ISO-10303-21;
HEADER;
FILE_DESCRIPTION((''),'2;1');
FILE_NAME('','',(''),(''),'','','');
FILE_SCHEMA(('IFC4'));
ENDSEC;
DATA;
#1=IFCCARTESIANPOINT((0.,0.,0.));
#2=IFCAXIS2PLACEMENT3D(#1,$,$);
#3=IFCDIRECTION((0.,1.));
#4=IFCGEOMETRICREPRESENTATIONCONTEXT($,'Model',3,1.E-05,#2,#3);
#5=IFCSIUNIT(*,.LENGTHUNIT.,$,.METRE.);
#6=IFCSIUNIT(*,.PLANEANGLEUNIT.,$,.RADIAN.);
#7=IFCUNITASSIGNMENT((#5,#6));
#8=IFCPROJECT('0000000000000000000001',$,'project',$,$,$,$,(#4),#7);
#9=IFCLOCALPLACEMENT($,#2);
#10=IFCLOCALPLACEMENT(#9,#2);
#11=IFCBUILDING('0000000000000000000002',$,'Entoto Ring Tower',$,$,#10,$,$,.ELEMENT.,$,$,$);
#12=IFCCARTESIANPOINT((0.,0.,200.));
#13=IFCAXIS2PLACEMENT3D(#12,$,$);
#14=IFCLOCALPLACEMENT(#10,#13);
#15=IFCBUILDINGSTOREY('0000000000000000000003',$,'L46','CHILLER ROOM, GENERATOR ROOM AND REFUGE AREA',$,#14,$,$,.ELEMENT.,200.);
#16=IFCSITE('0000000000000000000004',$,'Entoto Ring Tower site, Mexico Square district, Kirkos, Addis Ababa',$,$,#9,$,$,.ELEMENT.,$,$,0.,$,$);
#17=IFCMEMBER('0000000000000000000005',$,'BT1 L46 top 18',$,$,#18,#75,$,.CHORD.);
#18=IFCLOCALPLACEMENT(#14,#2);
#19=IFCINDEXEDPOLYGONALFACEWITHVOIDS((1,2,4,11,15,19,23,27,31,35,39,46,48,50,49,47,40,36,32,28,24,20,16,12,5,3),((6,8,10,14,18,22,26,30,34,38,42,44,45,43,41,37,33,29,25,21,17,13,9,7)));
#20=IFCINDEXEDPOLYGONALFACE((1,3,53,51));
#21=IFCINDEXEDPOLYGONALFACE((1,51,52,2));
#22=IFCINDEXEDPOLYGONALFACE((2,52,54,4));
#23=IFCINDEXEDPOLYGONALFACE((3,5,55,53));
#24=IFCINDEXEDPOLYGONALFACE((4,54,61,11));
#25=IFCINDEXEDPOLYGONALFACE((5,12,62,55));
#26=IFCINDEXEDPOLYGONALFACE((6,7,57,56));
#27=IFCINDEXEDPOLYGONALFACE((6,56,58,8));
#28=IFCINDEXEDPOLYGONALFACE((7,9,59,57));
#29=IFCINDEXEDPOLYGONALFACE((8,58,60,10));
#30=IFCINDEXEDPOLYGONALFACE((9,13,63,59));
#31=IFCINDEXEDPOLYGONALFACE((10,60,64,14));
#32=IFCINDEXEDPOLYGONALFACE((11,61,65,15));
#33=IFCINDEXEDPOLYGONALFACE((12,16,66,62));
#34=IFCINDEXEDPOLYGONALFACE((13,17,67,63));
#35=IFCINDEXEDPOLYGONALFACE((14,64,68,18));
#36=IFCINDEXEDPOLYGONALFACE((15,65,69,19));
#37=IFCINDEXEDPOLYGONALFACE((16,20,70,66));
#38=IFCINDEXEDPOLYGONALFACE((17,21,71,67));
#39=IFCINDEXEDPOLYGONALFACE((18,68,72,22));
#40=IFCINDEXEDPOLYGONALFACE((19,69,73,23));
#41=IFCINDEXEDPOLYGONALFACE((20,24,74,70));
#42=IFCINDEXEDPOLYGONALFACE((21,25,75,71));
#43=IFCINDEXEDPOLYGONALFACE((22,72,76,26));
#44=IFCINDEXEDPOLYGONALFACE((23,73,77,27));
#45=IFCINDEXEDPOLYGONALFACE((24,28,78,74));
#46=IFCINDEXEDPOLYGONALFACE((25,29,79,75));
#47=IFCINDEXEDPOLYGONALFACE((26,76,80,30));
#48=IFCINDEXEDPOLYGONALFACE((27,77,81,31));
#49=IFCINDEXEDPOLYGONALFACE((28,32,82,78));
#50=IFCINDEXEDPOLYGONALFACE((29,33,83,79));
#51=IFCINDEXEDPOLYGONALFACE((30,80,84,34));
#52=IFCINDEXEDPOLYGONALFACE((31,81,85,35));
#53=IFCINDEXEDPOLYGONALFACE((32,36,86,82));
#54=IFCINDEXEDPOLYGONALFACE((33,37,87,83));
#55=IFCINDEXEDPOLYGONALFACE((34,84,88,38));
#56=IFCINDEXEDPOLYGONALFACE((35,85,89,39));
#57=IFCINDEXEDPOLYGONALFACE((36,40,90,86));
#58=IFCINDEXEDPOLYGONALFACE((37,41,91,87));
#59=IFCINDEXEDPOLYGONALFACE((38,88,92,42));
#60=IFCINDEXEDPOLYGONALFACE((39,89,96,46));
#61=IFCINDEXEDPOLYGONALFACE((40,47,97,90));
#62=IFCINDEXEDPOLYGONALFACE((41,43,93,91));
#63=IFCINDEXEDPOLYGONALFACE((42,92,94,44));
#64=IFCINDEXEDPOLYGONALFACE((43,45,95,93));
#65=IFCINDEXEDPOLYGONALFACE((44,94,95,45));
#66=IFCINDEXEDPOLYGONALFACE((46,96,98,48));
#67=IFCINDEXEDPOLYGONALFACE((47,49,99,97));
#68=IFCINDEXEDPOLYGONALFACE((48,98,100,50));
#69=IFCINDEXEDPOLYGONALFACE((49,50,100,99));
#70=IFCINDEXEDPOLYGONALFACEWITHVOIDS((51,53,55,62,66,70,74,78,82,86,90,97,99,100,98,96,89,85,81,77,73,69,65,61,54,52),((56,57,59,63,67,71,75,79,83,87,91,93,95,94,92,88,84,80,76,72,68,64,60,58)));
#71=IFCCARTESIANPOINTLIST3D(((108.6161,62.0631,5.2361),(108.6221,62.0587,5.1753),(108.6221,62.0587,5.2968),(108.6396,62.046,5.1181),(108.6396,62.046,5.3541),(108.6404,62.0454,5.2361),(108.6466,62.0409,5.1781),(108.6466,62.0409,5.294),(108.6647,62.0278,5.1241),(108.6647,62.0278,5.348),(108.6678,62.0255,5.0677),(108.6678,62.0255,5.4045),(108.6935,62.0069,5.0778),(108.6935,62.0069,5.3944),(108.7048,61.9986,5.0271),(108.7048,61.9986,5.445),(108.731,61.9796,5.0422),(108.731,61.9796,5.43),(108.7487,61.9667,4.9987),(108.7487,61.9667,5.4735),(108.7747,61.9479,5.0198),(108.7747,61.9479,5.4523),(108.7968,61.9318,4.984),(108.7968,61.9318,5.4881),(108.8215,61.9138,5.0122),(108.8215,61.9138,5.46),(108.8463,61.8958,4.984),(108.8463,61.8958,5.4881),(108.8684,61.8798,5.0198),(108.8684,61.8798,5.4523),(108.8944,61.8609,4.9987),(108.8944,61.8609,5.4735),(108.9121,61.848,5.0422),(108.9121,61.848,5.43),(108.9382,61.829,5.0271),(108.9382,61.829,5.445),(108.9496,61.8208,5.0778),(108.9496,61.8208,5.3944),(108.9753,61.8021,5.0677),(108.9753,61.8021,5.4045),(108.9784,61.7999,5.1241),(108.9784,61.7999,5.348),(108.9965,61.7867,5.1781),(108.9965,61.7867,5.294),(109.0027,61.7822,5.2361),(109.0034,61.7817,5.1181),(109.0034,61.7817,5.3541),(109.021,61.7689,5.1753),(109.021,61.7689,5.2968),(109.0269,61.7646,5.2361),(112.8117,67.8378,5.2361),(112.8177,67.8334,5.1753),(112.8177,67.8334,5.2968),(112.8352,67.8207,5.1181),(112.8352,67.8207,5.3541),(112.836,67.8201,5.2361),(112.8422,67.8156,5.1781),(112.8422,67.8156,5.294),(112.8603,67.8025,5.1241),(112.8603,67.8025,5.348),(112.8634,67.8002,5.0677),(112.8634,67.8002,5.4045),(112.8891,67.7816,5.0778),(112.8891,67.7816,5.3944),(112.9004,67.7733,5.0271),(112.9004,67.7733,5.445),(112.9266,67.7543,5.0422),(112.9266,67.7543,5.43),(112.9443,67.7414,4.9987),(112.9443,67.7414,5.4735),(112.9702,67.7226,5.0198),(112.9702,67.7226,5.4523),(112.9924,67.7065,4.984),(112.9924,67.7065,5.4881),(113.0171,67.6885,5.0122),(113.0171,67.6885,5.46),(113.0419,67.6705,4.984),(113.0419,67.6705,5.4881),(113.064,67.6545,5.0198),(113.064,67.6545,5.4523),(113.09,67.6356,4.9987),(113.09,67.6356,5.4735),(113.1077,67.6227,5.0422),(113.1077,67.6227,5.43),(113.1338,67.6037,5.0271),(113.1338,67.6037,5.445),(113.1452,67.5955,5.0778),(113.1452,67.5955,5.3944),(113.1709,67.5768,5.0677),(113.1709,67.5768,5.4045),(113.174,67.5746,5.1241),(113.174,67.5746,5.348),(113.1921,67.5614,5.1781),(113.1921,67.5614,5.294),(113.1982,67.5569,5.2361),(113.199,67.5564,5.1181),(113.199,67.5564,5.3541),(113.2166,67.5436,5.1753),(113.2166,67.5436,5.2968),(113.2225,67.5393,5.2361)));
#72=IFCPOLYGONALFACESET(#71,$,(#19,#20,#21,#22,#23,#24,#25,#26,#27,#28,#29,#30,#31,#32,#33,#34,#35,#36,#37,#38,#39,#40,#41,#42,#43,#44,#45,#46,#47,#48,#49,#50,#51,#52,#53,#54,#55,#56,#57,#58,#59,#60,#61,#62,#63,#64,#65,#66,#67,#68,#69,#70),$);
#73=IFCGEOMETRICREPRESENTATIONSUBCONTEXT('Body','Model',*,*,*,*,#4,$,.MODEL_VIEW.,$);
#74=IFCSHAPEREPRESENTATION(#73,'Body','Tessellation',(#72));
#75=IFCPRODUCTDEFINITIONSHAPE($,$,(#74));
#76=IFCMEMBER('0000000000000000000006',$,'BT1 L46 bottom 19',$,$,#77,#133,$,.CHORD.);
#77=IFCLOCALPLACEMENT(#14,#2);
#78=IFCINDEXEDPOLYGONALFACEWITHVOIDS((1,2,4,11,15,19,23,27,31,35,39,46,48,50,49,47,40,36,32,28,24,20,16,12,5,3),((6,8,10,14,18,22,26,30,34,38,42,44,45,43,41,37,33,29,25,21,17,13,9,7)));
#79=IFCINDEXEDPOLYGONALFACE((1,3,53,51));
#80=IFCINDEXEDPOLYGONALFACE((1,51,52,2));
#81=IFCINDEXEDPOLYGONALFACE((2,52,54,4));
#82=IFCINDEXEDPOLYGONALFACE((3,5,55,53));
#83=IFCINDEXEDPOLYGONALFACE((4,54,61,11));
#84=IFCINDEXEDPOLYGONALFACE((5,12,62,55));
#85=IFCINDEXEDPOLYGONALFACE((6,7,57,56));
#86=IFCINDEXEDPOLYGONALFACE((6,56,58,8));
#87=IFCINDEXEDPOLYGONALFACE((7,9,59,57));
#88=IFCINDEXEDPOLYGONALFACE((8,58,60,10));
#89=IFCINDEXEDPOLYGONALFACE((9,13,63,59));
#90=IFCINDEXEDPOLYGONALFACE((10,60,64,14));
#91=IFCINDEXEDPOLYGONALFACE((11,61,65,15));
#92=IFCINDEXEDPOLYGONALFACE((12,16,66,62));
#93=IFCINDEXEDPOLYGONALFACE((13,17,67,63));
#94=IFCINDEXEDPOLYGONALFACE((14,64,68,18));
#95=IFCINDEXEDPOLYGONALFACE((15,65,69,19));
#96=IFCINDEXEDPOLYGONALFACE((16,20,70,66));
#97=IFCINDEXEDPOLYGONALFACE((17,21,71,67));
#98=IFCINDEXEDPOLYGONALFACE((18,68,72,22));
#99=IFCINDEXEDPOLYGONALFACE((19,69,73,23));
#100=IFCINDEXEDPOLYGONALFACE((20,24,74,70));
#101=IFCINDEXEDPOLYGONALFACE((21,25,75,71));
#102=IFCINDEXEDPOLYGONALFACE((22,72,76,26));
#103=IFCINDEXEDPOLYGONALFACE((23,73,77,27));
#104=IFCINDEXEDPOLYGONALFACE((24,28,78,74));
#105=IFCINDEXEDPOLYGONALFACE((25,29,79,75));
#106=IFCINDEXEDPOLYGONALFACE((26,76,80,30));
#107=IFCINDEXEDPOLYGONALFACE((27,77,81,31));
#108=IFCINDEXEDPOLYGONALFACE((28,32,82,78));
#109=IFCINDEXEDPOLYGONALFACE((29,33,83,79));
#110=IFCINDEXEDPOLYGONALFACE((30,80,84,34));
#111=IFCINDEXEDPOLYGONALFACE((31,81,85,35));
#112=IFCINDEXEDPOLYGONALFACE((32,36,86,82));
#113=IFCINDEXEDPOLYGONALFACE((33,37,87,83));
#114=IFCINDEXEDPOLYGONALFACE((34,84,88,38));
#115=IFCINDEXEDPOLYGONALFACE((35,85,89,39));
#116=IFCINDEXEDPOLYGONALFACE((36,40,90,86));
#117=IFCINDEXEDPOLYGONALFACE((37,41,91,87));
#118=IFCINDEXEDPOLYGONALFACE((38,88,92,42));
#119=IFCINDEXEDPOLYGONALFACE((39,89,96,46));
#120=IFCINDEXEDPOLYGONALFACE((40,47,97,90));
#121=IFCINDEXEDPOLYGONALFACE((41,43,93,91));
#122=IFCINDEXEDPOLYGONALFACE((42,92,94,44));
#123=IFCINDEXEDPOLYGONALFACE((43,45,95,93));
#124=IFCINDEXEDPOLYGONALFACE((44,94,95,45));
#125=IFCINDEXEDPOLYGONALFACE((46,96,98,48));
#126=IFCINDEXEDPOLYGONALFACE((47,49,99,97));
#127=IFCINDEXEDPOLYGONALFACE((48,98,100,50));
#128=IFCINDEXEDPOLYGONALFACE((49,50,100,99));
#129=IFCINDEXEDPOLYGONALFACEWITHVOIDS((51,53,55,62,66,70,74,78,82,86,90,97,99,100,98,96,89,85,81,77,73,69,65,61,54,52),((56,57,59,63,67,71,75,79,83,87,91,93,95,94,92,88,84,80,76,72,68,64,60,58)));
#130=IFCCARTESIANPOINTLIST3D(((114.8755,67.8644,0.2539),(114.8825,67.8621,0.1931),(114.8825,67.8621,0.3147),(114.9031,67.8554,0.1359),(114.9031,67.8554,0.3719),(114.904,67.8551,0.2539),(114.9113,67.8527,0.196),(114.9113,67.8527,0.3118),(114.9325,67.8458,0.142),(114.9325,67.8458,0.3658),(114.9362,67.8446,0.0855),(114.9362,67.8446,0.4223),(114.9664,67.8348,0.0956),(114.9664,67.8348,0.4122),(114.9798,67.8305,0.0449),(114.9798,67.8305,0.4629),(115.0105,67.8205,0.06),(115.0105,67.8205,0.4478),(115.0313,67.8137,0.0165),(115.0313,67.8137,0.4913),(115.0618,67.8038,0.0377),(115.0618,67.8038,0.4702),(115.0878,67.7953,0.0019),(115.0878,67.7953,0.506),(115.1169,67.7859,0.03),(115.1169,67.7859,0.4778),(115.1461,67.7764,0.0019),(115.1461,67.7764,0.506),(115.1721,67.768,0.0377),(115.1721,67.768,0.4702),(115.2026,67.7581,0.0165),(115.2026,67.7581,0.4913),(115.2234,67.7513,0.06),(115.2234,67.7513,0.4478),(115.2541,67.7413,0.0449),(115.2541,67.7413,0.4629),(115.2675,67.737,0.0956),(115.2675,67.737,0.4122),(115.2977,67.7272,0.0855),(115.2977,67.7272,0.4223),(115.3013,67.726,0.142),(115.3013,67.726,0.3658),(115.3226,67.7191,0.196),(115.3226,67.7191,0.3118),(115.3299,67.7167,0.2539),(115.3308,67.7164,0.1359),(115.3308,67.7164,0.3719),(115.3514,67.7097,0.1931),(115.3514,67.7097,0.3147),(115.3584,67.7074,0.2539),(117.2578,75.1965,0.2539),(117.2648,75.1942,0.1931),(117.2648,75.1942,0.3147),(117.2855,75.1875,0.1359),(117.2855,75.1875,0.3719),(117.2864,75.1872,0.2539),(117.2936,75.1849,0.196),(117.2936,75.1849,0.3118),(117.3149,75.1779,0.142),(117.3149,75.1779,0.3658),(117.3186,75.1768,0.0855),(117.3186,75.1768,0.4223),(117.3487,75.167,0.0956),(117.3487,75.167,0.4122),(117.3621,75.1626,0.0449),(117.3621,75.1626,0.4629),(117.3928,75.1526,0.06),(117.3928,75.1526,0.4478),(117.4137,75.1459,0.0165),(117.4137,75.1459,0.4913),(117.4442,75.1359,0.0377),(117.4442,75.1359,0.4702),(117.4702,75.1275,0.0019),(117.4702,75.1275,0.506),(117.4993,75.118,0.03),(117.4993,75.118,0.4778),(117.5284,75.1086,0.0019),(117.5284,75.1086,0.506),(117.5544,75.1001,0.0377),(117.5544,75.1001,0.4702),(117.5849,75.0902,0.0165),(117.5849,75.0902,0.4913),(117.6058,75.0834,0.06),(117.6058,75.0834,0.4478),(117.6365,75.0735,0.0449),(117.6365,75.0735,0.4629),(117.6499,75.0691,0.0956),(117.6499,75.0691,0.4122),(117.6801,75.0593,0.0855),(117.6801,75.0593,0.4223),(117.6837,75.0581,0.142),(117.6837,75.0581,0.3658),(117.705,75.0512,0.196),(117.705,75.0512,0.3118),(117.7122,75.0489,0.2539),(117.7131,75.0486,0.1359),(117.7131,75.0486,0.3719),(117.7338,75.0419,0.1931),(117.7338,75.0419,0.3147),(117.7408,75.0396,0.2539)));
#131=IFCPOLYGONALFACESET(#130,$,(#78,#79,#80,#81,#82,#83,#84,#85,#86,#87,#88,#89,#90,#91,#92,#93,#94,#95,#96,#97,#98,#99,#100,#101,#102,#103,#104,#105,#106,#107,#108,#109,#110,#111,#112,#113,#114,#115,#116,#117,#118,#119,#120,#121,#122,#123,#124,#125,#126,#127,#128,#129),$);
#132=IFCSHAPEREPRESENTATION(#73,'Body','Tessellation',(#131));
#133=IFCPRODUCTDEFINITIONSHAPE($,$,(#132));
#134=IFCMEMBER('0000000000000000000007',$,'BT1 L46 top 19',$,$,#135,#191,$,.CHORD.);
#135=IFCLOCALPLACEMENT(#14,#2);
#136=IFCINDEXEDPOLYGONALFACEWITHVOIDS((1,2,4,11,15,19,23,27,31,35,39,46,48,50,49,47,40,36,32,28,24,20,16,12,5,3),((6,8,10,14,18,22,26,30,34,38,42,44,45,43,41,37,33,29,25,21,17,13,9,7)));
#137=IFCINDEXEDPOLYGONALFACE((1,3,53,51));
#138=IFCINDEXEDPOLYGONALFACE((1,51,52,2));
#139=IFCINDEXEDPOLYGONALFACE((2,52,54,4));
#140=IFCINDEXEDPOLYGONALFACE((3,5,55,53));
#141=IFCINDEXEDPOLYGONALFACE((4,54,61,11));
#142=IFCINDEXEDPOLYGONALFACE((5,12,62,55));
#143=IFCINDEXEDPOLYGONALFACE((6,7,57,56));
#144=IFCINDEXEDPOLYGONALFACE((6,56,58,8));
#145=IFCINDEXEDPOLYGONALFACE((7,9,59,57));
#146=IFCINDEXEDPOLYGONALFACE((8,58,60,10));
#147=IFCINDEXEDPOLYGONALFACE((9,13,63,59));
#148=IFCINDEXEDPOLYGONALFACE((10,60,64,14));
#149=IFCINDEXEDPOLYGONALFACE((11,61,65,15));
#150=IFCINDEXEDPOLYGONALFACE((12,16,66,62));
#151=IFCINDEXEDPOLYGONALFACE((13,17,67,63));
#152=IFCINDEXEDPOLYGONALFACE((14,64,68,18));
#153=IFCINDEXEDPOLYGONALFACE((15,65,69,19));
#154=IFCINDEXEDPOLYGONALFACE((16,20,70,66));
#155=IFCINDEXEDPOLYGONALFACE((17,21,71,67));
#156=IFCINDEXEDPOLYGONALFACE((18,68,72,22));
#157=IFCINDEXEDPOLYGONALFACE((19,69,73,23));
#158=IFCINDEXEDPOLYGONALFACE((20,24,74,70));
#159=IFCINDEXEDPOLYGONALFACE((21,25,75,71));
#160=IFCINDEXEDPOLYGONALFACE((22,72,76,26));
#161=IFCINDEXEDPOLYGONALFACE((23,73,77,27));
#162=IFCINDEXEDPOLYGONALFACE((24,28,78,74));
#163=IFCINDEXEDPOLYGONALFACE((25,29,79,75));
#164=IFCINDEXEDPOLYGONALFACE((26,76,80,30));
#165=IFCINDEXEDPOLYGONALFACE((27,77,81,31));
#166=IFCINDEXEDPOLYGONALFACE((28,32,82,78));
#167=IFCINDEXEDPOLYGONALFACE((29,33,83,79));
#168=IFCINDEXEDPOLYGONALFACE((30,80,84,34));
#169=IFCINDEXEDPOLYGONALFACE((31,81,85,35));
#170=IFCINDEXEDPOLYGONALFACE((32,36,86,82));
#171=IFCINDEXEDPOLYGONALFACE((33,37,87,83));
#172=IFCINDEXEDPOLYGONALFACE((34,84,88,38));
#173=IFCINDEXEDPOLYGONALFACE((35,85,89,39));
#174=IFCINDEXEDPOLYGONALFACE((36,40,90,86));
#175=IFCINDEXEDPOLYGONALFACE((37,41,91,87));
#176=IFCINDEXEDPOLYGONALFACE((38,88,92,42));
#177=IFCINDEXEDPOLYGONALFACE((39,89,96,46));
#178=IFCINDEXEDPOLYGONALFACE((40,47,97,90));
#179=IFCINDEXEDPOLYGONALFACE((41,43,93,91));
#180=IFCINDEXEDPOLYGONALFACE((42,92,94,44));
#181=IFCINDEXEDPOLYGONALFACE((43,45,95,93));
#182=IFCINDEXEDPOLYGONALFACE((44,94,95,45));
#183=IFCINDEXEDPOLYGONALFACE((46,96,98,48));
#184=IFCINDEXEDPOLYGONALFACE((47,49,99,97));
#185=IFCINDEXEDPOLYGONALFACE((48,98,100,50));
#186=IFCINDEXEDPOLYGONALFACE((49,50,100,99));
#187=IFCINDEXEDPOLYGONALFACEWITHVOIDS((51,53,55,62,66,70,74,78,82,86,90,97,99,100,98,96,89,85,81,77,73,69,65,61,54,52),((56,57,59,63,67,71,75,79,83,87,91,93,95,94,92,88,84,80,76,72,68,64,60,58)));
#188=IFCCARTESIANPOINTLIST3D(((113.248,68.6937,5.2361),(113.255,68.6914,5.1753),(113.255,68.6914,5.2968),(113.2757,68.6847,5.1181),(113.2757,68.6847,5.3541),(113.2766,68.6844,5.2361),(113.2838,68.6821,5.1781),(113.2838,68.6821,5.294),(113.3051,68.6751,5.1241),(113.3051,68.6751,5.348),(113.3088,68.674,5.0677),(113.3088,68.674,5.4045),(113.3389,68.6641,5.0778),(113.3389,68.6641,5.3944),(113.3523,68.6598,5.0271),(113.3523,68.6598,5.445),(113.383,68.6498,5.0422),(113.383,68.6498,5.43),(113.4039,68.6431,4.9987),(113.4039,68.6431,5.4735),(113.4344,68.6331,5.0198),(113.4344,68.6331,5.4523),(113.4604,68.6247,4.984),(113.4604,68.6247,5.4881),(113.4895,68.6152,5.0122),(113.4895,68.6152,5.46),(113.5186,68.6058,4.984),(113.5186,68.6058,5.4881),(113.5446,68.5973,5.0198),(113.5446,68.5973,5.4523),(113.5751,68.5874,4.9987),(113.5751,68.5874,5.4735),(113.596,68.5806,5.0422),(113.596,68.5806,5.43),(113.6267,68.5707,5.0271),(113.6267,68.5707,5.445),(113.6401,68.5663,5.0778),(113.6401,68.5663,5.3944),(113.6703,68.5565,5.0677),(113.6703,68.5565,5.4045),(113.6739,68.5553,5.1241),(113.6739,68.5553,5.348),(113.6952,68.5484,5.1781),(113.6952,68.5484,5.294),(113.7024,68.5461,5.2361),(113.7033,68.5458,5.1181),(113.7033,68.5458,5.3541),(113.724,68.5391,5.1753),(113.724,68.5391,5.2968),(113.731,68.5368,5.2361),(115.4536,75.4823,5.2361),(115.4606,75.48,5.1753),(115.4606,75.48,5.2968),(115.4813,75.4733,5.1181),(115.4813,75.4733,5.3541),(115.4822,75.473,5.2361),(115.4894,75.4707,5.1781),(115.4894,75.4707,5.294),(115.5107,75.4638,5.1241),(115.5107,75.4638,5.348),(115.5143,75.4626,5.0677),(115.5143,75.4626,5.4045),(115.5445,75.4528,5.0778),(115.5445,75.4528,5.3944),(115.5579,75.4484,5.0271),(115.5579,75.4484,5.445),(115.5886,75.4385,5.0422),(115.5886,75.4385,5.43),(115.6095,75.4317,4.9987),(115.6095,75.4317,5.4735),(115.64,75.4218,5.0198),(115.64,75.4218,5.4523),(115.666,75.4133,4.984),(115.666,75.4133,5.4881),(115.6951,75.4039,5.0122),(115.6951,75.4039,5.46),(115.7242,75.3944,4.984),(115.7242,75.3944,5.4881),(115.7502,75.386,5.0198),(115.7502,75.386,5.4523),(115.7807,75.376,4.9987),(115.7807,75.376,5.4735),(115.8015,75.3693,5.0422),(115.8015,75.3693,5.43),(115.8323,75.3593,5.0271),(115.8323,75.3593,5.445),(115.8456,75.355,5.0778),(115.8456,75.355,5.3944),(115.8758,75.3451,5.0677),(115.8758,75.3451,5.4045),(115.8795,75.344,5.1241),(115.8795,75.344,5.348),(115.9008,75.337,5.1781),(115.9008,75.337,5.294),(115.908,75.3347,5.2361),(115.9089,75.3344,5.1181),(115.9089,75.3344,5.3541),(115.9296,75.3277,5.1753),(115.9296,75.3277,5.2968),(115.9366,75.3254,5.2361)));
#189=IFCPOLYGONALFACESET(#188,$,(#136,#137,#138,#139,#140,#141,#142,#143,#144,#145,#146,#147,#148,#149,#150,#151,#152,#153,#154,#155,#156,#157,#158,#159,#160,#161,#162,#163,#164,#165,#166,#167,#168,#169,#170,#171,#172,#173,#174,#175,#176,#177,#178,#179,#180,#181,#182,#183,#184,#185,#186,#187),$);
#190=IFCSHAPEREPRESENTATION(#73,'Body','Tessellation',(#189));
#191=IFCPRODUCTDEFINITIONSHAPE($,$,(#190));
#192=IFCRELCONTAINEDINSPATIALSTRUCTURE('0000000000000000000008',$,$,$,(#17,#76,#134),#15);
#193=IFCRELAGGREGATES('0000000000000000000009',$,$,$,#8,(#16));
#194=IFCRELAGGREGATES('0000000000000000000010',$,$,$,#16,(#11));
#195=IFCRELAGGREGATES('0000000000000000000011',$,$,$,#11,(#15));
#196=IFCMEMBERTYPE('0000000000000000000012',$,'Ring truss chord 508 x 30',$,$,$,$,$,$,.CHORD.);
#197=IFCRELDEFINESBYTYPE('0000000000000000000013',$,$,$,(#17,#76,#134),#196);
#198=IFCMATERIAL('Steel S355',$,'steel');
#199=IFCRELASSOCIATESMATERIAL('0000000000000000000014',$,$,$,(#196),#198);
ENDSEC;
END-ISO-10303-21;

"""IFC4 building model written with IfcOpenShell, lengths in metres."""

from ifc_helpers import new_model, si_unit, direction, frame, origin, origin_2d, place, context, subcontext, project, spatial, circle, hollow_circle, extrude, material, material_profile, profile_set, type_object, element, save


model = new_model("IFC4")

# Units and contexts
model_context = context("Model", 3, precision=1e-05, world=origin(), true_north=direction((0.0, 1.0)))
body_context = subcontext(model_context, "Body", "Model", "MODEL_VIEW")
ifc_project = project(units=[si_unit("LENGTHUNIT", "METRE"), si_unit("PLANEANGLEUNIT", "RADIAN")], contexts=[model_context])

# Site, building, storey
site_placement = place(None, origin())
site = spatial("IfcSite", under=ifc_project, at=site_placement, Name="Entoto Ring Tower site, Mexico Square district, Kirkos, Addis Ababa", CompositionType="ELEMENT", RefElevation=0.0)
building_placement = place(site_placement, origin())
building = spatial("IfcBuilding", under=site, at=building_placement, Name="Entoto Ring Tower", CompositionType="ELEMENT")
storey_placement = place(building_placement, frame((0.0, 0.0, 200.0)))
storey = spatial("IfcBuildingStorey", under=building, at=storey_placement, Name="L46", Description="CHILLER ROOM, GENERATOR ROOM AND REFUGE AREA", CompositionType="ELEMENT", Elevation=200.0)

# Members
ifc_material_1 = material(Name="Steel S355", Category="steel")
ifc_material_profile_1 = material_profile(ifc_material_1, hollow_circle(Radius=0.2539, WallThickness=0.03, at=origin_2d()), Name="CHS 508 x 30")
ifc_material_2 = material(Name="Concrete C60/75", Category="concrete")
ifc_material_profile_2 = material_profile(ifc_material_2, circle(Radius=0.2241, at=origin_2d()), Name="Concrete C60/75 infill")
ifc_profile_set_1 = profile_set([ifc_material_profile_1, ifc_material_profile_2], Name="Steel S355")
member_type_1 = type_object("IfcMemberType", Name="Ring truss chord 508 x 30", PredefinedType="CHORD", material=ifc_profile_set_1)
member_1_placement = place(storey_placement, frame((108.8215, 61.9138, 5.2361), z_axis=(0.587787, 0.809016, 0.0), x_axis=(-0.809016, 0.587787, 0.0)))
element("IfcMember", 1, at=member_1_placement, inside=storey, type_object=member_type_1, Name="BT1 L46 top 18", PredefinedType="CHORD", context=body_context, shape_type="SweptSolid", body=[
    extrude(hollow_circle(Radius=0.2539, WallThickness=0.03, at=origin_2d()), origin(), (0.0, 0.0, 1.0), 7.1379),
])
member_2_placement = place(storey_placement, frame((115.1169, 67.7859, 0.2539), z_axis=(0.309017, 0.951056, 0.0), x_axis=(-0.951056, 0.309017, 0.0)))
element("IfcMember", 2, at=member_2_placement, inside=storey, type_object=member_type_1, Name="BT1 L46 bottom 19", PredefinedType="CHORD", context=body_context, shape_type="SweptSolid", body=[
    extrude(hollow_circle(Radius=0.2539, WallThickness=0.03, at=origin_2d()), origin(), (0.0, 0.0, 1.0), 7.7095),
])
member_3_placement = place(storey_placement, frame((113.4895, 68.6152, 5.2361), z_axis=(0.308995, 0.951064, 0.0), x_axis=(-0.951064, 0.308995, 0.0)))
element("IfcMember", 3, at=member_3_placement, inside=storey, type_object=member_type_1, Name="BT1 L46 top 19", PredefinedType="CHORD", context=body_context, shape_type="SweptSolid", body=[
    extrude(hollow_circle(Radius=0.2539, WallThickness=0.03, at=origin_2d()), origin(), (0.0, 0.0, 1.0), 7.1379),
])

save(model, "model.ifc")
